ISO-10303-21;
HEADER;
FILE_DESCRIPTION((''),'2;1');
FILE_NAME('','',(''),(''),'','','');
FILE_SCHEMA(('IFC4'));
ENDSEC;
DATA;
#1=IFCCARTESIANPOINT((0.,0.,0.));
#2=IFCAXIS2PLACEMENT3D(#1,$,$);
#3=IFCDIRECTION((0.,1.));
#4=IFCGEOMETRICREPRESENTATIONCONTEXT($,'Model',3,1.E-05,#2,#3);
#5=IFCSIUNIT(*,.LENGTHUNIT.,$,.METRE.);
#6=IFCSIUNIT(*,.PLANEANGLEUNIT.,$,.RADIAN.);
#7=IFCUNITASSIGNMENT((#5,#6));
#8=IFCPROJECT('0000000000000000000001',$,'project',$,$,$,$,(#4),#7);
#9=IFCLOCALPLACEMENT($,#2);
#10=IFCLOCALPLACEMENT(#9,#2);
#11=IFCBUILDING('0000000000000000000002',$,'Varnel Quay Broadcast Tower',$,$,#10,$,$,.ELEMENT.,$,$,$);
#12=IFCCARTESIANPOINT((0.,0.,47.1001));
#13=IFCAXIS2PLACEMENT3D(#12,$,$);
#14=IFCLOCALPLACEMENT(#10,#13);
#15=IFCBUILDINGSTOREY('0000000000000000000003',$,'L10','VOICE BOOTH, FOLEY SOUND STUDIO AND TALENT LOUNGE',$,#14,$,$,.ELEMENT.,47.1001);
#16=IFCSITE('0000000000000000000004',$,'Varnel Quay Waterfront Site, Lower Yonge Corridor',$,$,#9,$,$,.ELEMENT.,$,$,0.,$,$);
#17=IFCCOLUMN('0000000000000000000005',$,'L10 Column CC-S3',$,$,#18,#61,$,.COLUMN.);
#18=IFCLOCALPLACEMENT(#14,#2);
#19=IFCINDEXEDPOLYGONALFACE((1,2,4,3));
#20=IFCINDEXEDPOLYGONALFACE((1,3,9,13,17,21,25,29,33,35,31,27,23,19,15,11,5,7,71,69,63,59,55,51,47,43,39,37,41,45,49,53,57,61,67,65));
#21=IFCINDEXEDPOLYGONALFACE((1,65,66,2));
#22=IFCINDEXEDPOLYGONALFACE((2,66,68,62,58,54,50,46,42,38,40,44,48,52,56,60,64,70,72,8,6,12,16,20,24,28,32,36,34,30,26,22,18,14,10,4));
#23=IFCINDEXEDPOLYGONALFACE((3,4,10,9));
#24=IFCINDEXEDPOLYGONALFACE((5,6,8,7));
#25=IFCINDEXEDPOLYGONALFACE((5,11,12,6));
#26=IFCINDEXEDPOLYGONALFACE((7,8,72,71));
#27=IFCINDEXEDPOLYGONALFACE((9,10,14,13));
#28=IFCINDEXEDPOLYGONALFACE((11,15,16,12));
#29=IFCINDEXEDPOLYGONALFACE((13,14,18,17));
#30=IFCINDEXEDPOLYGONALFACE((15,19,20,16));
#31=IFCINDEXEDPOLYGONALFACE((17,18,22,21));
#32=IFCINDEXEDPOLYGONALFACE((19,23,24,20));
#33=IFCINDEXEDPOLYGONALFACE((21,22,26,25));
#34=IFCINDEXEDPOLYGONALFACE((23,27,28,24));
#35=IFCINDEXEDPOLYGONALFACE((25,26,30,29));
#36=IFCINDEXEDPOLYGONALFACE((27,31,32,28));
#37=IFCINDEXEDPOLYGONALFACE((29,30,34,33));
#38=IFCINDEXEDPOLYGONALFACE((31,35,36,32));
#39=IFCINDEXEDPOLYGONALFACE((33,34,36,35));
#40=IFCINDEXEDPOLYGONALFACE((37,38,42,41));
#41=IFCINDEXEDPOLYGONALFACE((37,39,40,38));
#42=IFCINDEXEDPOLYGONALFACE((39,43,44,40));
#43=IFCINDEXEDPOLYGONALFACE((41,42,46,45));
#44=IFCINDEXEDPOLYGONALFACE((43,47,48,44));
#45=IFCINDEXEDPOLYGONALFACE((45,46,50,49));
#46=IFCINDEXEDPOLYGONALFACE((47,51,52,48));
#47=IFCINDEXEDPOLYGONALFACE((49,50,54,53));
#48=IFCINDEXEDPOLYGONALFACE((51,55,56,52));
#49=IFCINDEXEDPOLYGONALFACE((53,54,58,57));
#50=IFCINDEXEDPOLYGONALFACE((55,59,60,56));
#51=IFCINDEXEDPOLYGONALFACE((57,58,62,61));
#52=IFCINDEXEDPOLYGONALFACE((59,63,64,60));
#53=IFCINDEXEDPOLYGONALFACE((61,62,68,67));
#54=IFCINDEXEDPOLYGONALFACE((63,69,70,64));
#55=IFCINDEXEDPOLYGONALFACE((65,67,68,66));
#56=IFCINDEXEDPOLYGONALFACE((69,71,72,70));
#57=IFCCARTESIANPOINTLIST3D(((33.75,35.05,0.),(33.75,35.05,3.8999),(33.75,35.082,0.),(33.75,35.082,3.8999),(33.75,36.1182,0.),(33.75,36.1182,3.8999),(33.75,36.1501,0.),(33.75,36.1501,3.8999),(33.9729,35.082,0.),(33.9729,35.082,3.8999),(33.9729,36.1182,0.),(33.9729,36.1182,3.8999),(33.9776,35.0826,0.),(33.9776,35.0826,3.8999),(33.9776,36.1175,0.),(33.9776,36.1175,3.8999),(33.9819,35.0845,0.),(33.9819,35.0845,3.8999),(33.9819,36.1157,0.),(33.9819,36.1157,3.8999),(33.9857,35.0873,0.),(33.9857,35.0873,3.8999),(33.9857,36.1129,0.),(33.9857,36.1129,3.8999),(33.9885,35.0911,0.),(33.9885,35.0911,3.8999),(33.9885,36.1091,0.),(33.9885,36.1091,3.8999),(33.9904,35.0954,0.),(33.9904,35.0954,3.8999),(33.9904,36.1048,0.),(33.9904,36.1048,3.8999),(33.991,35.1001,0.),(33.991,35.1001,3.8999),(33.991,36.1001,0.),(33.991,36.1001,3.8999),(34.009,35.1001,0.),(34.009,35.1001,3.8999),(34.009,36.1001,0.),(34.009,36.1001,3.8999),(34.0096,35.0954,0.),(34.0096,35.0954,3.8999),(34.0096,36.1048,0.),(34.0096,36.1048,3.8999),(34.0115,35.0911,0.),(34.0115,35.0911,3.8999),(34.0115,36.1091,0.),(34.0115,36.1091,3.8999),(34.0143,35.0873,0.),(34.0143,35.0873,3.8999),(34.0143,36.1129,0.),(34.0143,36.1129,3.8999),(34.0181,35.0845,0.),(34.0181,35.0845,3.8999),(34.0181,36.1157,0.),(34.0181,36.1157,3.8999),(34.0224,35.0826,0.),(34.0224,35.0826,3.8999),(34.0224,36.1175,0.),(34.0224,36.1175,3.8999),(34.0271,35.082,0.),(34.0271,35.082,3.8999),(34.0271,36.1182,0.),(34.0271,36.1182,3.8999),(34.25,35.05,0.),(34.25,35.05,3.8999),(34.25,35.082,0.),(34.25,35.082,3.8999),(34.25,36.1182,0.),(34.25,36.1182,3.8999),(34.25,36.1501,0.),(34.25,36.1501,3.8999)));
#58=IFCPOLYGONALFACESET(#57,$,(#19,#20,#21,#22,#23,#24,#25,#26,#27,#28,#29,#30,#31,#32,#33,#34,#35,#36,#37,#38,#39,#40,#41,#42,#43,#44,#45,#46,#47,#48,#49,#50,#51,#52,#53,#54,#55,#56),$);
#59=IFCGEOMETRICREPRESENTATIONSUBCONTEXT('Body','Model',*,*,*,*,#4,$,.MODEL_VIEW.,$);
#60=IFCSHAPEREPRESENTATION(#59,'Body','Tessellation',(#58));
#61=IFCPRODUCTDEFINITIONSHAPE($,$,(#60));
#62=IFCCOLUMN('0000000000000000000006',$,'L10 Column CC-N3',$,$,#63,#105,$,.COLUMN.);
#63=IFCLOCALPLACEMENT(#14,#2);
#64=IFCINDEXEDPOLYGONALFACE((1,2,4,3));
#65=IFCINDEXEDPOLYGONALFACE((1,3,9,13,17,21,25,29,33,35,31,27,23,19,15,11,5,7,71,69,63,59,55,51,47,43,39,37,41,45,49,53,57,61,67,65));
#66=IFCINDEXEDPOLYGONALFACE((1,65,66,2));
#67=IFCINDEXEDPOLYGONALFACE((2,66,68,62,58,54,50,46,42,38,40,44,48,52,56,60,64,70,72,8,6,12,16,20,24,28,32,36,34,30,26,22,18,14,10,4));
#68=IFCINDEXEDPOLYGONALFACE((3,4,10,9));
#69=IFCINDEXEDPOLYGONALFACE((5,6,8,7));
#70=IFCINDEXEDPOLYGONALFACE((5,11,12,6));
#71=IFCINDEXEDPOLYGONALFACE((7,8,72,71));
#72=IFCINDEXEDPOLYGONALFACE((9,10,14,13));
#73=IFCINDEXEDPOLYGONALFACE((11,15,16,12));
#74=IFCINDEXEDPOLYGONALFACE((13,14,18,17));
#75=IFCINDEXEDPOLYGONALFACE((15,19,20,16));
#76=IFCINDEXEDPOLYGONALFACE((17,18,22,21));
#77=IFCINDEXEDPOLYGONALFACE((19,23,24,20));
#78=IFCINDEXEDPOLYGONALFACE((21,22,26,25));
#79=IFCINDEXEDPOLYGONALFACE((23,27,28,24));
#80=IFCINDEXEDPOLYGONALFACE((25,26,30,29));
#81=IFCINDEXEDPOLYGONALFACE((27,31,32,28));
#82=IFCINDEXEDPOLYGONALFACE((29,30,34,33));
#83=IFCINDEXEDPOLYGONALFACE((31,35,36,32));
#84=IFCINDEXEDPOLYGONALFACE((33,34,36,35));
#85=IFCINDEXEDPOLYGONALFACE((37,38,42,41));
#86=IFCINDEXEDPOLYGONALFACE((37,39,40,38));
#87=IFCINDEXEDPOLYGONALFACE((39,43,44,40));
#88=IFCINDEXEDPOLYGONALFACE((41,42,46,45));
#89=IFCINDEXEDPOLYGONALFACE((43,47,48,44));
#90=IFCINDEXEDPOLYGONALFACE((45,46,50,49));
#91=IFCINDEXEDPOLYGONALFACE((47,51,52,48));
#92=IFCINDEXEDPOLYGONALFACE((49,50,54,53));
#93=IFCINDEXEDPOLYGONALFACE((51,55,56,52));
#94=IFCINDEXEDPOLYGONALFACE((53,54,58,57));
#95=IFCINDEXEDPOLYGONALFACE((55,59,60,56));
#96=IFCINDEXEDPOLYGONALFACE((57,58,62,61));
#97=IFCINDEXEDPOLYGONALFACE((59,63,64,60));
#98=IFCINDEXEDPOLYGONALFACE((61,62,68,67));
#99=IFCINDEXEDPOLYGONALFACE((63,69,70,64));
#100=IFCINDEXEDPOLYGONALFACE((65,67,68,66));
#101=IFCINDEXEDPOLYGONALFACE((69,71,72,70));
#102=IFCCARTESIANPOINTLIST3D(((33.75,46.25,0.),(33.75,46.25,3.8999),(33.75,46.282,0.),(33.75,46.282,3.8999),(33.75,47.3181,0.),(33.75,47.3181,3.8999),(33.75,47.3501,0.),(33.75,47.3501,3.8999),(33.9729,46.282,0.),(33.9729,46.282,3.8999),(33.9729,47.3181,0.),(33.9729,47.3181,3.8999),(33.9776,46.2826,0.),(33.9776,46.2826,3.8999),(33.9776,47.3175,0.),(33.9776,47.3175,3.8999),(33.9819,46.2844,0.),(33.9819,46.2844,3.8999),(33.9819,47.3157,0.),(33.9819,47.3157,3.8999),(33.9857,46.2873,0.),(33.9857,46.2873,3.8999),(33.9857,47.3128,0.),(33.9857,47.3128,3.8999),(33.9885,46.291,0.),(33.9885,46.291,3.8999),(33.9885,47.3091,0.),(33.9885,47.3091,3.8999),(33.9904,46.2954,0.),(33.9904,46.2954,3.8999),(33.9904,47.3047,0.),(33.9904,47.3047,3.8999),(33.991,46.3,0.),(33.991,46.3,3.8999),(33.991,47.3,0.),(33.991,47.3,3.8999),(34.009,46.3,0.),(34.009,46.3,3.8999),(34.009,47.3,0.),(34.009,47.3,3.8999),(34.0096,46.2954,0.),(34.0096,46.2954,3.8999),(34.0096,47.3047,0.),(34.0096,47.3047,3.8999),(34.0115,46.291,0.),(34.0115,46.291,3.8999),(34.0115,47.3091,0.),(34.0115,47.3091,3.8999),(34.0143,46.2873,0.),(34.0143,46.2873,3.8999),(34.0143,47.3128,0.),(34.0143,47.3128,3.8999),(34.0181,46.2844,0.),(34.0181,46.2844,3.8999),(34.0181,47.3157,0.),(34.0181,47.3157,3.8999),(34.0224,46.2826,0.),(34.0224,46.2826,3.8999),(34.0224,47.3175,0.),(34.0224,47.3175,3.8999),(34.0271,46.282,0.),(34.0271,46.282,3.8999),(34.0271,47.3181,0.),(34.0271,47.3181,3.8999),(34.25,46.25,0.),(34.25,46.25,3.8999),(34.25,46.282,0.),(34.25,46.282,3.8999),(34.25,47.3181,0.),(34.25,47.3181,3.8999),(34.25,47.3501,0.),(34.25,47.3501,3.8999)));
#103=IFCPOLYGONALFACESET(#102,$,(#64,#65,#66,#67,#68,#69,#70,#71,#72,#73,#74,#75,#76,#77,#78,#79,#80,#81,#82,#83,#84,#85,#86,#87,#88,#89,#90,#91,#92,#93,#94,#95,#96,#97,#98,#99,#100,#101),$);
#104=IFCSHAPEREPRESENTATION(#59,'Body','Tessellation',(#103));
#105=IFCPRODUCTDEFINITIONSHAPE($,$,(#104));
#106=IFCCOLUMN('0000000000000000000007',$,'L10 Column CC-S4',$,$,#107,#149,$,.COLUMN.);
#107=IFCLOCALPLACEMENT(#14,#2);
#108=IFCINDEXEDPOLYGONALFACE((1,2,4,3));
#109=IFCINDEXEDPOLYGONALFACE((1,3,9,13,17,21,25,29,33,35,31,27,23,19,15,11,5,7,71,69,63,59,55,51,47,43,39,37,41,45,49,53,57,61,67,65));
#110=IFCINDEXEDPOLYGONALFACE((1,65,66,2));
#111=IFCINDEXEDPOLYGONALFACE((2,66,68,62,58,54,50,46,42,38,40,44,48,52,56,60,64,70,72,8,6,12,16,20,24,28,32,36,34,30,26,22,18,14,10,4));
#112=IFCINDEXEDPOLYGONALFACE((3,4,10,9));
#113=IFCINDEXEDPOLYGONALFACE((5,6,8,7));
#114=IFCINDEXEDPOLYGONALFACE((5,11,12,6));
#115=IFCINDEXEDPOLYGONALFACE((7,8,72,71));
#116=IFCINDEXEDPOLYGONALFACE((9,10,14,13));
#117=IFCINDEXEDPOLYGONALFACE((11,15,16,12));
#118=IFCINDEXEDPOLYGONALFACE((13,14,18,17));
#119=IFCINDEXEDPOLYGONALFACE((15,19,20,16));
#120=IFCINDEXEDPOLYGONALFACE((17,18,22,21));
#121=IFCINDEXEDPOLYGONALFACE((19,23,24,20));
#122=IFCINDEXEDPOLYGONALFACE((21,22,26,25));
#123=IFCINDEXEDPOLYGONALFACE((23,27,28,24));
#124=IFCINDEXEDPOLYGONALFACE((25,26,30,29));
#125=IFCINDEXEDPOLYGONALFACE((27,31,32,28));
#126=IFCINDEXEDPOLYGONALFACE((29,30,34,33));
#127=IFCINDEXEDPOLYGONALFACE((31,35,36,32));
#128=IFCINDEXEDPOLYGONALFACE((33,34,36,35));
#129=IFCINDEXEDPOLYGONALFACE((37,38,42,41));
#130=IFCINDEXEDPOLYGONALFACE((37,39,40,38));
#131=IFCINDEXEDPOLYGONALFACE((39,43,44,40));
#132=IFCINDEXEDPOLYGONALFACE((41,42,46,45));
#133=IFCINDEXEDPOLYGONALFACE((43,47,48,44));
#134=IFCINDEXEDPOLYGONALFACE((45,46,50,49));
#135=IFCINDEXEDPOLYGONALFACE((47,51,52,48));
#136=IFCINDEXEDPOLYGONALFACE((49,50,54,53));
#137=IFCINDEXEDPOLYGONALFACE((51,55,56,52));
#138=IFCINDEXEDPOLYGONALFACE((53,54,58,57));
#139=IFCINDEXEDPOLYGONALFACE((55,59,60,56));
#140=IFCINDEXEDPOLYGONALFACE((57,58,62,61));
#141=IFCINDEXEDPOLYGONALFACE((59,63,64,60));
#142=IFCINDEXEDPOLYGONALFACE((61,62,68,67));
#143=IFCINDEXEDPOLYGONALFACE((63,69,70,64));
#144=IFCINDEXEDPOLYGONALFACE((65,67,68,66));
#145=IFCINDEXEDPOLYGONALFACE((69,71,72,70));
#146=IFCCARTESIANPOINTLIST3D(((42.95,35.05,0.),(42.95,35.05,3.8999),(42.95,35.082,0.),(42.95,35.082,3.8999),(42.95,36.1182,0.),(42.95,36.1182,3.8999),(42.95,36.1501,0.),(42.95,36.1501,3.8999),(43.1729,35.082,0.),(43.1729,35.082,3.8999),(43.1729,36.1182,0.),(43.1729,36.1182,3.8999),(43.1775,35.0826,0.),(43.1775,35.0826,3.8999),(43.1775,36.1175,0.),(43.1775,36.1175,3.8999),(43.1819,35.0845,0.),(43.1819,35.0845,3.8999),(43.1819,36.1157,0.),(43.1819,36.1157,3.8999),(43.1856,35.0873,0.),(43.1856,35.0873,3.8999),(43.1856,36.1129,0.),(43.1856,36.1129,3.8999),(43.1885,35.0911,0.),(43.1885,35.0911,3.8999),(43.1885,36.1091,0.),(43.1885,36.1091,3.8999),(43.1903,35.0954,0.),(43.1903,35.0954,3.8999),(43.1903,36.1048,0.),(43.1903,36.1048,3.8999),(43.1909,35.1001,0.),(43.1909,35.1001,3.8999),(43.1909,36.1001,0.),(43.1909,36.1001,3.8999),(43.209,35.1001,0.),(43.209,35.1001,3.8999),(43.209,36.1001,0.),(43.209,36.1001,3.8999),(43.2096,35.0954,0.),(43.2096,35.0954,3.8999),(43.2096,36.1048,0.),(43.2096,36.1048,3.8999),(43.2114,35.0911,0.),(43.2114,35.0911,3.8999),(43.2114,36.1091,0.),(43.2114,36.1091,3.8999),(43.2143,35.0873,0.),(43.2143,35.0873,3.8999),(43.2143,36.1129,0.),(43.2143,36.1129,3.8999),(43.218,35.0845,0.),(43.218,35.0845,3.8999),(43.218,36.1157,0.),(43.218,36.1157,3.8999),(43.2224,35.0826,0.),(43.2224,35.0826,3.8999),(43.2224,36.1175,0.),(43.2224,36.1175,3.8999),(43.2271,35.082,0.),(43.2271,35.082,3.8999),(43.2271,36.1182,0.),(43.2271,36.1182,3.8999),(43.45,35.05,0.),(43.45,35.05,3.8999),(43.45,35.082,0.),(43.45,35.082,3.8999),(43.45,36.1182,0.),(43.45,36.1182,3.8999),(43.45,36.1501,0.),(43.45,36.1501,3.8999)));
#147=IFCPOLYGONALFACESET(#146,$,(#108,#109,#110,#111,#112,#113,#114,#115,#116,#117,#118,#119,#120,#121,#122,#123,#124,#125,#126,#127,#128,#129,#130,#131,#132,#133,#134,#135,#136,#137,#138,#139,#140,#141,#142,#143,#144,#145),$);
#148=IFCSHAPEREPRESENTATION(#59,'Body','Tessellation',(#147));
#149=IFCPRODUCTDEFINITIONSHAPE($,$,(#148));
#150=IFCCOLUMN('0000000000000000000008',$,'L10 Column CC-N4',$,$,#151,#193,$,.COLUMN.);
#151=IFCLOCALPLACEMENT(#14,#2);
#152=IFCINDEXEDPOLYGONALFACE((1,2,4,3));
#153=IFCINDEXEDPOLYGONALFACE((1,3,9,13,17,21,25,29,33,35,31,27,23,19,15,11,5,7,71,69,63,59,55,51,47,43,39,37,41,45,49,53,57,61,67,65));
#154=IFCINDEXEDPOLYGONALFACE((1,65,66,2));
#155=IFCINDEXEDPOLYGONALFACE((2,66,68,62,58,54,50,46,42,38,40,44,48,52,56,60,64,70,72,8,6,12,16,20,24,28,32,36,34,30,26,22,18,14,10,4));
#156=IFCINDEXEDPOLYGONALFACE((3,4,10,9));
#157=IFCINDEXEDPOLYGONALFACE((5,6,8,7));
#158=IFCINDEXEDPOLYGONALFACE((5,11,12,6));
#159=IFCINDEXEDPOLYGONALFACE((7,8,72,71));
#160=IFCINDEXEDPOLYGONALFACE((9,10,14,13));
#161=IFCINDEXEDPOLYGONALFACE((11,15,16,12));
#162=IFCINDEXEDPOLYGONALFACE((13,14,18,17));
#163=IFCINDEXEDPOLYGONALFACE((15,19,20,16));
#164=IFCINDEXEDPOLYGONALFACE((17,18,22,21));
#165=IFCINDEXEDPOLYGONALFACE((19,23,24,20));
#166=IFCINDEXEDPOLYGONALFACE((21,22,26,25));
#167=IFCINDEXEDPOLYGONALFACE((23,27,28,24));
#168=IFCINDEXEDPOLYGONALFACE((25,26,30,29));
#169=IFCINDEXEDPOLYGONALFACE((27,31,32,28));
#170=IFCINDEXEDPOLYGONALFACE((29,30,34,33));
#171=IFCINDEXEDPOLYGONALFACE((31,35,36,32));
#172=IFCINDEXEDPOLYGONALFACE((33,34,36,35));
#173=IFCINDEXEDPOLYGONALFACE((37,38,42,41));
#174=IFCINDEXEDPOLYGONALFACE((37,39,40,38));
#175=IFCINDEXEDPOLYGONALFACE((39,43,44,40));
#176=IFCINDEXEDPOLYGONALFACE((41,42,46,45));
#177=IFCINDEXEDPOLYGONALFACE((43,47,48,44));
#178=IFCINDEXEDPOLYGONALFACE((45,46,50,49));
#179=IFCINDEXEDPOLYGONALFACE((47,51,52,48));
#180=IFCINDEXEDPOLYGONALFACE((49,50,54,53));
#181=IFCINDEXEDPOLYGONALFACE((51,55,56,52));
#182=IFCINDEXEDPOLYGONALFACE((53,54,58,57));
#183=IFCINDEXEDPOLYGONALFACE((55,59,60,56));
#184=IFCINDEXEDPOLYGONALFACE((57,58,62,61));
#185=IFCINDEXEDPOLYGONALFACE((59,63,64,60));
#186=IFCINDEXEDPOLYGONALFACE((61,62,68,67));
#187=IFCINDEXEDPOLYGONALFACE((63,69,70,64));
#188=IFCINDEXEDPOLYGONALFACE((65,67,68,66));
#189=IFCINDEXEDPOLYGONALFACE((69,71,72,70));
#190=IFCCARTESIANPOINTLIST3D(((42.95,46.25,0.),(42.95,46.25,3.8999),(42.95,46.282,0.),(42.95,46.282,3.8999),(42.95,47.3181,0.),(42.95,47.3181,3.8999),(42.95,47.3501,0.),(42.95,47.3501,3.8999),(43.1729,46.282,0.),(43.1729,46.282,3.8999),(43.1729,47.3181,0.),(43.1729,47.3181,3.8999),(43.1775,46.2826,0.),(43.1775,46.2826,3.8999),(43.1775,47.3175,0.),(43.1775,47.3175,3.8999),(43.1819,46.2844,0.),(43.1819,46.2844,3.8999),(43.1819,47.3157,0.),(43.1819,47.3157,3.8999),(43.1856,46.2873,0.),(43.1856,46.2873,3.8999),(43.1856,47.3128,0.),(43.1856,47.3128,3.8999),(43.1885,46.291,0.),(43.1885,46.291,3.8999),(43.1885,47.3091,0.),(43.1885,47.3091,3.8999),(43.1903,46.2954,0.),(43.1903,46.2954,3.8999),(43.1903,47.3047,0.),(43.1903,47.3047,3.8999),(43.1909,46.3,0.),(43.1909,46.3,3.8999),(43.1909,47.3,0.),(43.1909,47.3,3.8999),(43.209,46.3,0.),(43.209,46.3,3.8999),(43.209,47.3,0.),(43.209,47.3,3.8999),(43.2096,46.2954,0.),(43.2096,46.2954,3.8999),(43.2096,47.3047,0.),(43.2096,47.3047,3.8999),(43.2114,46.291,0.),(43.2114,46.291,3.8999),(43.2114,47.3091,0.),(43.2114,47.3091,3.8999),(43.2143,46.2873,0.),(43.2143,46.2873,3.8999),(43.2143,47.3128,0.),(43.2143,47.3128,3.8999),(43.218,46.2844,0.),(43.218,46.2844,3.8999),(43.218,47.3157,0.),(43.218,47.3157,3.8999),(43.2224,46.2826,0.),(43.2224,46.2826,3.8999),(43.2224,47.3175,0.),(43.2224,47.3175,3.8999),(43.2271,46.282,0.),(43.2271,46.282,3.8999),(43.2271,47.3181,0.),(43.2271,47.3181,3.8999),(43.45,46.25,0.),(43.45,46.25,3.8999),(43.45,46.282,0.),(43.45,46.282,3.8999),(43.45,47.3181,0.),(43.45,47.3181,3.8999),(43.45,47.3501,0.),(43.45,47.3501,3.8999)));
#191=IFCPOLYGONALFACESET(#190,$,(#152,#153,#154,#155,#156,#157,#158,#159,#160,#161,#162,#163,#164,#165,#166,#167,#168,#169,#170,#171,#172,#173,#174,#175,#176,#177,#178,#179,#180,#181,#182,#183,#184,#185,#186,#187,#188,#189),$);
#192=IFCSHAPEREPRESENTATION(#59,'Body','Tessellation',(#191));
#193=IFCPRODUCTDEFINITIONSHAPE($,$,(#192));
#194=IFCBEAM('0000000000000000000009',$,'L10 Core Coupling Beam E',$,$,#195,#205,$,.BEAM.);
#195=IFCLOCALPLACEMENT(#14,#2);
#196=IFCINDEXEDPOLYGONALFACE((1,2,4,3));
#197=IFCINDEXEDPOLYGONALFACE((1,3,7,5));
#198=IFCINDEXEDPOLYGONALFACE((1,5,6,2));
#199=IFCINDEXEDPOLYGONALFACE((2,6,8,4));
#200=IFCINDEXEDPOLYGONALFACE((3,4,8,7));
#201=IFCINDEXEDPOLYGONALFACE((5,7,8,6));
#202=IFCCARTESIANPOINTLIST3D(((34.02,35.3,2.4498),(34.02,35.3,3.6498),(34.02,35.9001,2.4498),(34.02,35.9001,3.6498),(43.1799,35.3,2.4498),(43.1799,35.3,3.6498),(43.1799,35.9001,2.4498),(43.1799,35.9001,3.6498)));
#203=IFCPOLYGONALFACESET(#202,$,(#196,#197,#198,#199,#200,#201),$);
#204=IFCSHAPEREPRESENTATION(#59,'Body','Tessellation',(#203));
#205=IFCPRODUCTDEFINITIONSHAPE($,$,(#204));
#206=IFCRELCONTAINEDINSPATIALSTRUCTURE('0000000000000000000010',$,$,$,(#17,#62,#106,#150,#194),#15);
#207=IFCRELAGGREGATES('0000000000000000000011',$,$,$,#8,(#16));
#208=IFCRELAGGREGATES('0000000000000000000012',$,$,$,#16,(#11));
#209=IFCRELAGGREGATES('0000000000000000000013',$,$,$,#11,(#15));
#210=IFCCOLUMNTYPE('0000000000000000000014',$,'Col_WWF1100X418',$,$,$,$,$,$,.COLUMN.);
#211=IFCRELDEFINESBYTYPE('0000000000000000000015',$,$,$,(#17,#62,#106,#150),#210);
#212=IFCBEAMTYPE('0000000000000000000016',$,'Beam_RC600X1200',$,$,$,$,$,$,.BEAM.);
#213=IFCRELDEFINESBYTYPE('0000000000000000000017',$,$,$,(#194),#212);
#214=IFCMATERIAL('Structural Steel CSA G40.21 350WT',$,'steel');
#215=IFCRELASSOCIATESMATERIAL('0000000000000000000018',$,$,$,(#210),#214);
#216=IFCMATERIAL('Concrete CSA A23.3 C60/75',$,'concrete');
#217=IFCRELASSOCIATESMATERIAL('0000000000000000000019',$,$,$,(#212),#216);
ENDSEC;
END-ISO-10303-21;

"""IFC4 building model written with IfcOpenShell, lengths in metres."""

from ifc_helpers import new_model, si_unit, direction, frame, origin, origin_2d, place, context, subcontext, project, spatial, rectangle, i_section, extrude, source, transform, mapped, material, material_profile, profile_set, type_object, type_shapes, element, save


model = new_model("IFC4")

# Units and contexts
model_context = context("Model", 3, precision=1e-05, world=origin(), true_north=direction((0.0, 1.0)))
body_context = subcontext(model_context, "Body", "Model", "MODEL_VIEW")
ifc_project = project(units=[si_unit("LENGTHUNIT", "METRE"), si_unit("PLANEANGLEUNIT", "RADIAN")], contexts=[model_context])

# Site, building, storey
site_placement = place(None, origin())
site = spatial("IfcSite", under=ifc_project, at=site_placement, Name="Varnel Quay Waterfront Site, Lower Yonge Corridor", CompositionType="ELEMENT", RefElevation=0.0)
building_placement = place(site_placement, origin())
building = spatial("IfcBuilding", under=site, at=building_placement, Name="Varnel Quay Broadcast Tower", CompositionType="ELEMENT")
storey_placement = place(building_placement, frame((0.0, 0.0, 47.1001)))
storey = spatial("IfcBuildingStorey", under=building, at=storey_placement, Name="L10", Description="VOICE BOOTH, FOLEY SOUND STUDIO AND TALENT LOUNGE", CompositionType="ELEMENT", Elevation=47.1001)

# Columns
ifc_material_1 = material(Name="Structural Steel CSA G40.21 350WT", Category="steel")
ifc_material_profile_1 = material_profile(ifc_material_1, i_section(OverallWidth=0.5, OverallDepth=1.1001, WebThickness=0.0181, FlangeThickness=0.032, FilletRadius=0.0181, at=origin_2d()), Name="WWF1100X418")
ifc_profile_set_1 = profile_set([ifc_material_profile_1], Name="Structural Steel CSA G40.21 350WT")
column_type = type_object("IfcColumnType", Name="Col_WWF1100X418", PredefinedType="COLUMN", material=ifc_profile_set_1)
shared_shape_1 = source(origin(), body_context, "Body", "SweptSolid", [
    extrude(i_section(OverallWidth=0.5, OverallDepth=1.1001, WebThickness=0.0181, FlangeThickness=0.032, FilletRadius=0.0181, at=origin_2d()), origin(), (0.0, 0.0, 1.0), 3.8999),
])
type_shapes(column_type, [shared_shape_1])
for number, where, z_axis, x_axis, name in (
    (1, (34.0, 35.6001, 0.0), (0.0, 0.0, 1.0), (1.0, 0.0, 0.0), "L10 Column CC-S3"),
    (2, (34.0, 46.8, 0.0), (0.0, 0.0, 1.0), (1.0, 0.0, 0.0), "L10 Column CC-N3"),
    (3, (43.2, 35.6001, 0.0), (0.0, 0.0, 1.0), (1.0, 0.0, 0.0), "L10 Column CC-S4"),
    (4, (43.2, 46.8, 0.0), (0.0, 0.0, 1.0), (1.0, 0.0, 0.0), "L10 Column CC-N4"),
):
    element("IfcColumn", number, at=place(storey_placement, frame(where, z_axis=z_axis, x_axis=x_axis)), inside=storey, type_object=column_type, Name=name, PredefinedType="COLUMN", context=body_context, shape_type="MappedRepresentation", body=[
        mapped(shared_shape_1, transform((0.0, 0.0, 0.0), x_axis=(1.0, 0.0, 0.0), y_axis=(0.0, 1.0, 0.0), z_axis=(0.0, 0.0, 1.0), scale=1.0)),
    ])

# Beam
ifc_material_2 = material(Name="Concrete CSA A23.3 C60/75", Category="concrete")
ifc_material_profile_2 = material_profile(ifc_material_2, rectangle(XDim=0.6001, YDim=1.2, at=origin_2d()), Name="RC600X1200")
ifc_profile_set_2 = profile_set([ifc_material_profile_2], Name="Concrete CSA A23.3 C60/75")
beam_type_1 = type_object("IfcBeamType", Name="Beam_RC600X1200", PredefinedType="BEAM", material=ifc_profile_set_2)
shared_shape_2 = source(origin(), body_context, "Body", "SweptSolid", [
    extrude(rectangle(XDim=0.6001, YDim=1.2, at=origin_2d()), origin(), (0.0, 0.0, 1.0), 9.1599),
])
type_shapes(beam_type_1, [shared_shape_2])
beam_1_placement = place(storey_placement, frame((34.02, 35.6001, 3.0498), z_axis=(1.0, 0.0, 0.0), x_axis=(0.0, 1.0, 0.0)))
element("IfcBeam", 5, at=beam_1_placement, inside=storey, type_object=beam_type_1, Name="L10 Core Coupling Beam E", PredefinedType="BEAM", context=body_context, shape_type="MappedRepresentation", body=[
    mapped(shared_shape_2, transform((0.0, 0.0, 0.0), x_axis=(1.0, 0.0, 0.0), y_axis=(0.0, 1.0, 0.0), z_axis=(0.0, 0.0, 1.0), scale=1.0)),
])

save(model, "model.ifc")
